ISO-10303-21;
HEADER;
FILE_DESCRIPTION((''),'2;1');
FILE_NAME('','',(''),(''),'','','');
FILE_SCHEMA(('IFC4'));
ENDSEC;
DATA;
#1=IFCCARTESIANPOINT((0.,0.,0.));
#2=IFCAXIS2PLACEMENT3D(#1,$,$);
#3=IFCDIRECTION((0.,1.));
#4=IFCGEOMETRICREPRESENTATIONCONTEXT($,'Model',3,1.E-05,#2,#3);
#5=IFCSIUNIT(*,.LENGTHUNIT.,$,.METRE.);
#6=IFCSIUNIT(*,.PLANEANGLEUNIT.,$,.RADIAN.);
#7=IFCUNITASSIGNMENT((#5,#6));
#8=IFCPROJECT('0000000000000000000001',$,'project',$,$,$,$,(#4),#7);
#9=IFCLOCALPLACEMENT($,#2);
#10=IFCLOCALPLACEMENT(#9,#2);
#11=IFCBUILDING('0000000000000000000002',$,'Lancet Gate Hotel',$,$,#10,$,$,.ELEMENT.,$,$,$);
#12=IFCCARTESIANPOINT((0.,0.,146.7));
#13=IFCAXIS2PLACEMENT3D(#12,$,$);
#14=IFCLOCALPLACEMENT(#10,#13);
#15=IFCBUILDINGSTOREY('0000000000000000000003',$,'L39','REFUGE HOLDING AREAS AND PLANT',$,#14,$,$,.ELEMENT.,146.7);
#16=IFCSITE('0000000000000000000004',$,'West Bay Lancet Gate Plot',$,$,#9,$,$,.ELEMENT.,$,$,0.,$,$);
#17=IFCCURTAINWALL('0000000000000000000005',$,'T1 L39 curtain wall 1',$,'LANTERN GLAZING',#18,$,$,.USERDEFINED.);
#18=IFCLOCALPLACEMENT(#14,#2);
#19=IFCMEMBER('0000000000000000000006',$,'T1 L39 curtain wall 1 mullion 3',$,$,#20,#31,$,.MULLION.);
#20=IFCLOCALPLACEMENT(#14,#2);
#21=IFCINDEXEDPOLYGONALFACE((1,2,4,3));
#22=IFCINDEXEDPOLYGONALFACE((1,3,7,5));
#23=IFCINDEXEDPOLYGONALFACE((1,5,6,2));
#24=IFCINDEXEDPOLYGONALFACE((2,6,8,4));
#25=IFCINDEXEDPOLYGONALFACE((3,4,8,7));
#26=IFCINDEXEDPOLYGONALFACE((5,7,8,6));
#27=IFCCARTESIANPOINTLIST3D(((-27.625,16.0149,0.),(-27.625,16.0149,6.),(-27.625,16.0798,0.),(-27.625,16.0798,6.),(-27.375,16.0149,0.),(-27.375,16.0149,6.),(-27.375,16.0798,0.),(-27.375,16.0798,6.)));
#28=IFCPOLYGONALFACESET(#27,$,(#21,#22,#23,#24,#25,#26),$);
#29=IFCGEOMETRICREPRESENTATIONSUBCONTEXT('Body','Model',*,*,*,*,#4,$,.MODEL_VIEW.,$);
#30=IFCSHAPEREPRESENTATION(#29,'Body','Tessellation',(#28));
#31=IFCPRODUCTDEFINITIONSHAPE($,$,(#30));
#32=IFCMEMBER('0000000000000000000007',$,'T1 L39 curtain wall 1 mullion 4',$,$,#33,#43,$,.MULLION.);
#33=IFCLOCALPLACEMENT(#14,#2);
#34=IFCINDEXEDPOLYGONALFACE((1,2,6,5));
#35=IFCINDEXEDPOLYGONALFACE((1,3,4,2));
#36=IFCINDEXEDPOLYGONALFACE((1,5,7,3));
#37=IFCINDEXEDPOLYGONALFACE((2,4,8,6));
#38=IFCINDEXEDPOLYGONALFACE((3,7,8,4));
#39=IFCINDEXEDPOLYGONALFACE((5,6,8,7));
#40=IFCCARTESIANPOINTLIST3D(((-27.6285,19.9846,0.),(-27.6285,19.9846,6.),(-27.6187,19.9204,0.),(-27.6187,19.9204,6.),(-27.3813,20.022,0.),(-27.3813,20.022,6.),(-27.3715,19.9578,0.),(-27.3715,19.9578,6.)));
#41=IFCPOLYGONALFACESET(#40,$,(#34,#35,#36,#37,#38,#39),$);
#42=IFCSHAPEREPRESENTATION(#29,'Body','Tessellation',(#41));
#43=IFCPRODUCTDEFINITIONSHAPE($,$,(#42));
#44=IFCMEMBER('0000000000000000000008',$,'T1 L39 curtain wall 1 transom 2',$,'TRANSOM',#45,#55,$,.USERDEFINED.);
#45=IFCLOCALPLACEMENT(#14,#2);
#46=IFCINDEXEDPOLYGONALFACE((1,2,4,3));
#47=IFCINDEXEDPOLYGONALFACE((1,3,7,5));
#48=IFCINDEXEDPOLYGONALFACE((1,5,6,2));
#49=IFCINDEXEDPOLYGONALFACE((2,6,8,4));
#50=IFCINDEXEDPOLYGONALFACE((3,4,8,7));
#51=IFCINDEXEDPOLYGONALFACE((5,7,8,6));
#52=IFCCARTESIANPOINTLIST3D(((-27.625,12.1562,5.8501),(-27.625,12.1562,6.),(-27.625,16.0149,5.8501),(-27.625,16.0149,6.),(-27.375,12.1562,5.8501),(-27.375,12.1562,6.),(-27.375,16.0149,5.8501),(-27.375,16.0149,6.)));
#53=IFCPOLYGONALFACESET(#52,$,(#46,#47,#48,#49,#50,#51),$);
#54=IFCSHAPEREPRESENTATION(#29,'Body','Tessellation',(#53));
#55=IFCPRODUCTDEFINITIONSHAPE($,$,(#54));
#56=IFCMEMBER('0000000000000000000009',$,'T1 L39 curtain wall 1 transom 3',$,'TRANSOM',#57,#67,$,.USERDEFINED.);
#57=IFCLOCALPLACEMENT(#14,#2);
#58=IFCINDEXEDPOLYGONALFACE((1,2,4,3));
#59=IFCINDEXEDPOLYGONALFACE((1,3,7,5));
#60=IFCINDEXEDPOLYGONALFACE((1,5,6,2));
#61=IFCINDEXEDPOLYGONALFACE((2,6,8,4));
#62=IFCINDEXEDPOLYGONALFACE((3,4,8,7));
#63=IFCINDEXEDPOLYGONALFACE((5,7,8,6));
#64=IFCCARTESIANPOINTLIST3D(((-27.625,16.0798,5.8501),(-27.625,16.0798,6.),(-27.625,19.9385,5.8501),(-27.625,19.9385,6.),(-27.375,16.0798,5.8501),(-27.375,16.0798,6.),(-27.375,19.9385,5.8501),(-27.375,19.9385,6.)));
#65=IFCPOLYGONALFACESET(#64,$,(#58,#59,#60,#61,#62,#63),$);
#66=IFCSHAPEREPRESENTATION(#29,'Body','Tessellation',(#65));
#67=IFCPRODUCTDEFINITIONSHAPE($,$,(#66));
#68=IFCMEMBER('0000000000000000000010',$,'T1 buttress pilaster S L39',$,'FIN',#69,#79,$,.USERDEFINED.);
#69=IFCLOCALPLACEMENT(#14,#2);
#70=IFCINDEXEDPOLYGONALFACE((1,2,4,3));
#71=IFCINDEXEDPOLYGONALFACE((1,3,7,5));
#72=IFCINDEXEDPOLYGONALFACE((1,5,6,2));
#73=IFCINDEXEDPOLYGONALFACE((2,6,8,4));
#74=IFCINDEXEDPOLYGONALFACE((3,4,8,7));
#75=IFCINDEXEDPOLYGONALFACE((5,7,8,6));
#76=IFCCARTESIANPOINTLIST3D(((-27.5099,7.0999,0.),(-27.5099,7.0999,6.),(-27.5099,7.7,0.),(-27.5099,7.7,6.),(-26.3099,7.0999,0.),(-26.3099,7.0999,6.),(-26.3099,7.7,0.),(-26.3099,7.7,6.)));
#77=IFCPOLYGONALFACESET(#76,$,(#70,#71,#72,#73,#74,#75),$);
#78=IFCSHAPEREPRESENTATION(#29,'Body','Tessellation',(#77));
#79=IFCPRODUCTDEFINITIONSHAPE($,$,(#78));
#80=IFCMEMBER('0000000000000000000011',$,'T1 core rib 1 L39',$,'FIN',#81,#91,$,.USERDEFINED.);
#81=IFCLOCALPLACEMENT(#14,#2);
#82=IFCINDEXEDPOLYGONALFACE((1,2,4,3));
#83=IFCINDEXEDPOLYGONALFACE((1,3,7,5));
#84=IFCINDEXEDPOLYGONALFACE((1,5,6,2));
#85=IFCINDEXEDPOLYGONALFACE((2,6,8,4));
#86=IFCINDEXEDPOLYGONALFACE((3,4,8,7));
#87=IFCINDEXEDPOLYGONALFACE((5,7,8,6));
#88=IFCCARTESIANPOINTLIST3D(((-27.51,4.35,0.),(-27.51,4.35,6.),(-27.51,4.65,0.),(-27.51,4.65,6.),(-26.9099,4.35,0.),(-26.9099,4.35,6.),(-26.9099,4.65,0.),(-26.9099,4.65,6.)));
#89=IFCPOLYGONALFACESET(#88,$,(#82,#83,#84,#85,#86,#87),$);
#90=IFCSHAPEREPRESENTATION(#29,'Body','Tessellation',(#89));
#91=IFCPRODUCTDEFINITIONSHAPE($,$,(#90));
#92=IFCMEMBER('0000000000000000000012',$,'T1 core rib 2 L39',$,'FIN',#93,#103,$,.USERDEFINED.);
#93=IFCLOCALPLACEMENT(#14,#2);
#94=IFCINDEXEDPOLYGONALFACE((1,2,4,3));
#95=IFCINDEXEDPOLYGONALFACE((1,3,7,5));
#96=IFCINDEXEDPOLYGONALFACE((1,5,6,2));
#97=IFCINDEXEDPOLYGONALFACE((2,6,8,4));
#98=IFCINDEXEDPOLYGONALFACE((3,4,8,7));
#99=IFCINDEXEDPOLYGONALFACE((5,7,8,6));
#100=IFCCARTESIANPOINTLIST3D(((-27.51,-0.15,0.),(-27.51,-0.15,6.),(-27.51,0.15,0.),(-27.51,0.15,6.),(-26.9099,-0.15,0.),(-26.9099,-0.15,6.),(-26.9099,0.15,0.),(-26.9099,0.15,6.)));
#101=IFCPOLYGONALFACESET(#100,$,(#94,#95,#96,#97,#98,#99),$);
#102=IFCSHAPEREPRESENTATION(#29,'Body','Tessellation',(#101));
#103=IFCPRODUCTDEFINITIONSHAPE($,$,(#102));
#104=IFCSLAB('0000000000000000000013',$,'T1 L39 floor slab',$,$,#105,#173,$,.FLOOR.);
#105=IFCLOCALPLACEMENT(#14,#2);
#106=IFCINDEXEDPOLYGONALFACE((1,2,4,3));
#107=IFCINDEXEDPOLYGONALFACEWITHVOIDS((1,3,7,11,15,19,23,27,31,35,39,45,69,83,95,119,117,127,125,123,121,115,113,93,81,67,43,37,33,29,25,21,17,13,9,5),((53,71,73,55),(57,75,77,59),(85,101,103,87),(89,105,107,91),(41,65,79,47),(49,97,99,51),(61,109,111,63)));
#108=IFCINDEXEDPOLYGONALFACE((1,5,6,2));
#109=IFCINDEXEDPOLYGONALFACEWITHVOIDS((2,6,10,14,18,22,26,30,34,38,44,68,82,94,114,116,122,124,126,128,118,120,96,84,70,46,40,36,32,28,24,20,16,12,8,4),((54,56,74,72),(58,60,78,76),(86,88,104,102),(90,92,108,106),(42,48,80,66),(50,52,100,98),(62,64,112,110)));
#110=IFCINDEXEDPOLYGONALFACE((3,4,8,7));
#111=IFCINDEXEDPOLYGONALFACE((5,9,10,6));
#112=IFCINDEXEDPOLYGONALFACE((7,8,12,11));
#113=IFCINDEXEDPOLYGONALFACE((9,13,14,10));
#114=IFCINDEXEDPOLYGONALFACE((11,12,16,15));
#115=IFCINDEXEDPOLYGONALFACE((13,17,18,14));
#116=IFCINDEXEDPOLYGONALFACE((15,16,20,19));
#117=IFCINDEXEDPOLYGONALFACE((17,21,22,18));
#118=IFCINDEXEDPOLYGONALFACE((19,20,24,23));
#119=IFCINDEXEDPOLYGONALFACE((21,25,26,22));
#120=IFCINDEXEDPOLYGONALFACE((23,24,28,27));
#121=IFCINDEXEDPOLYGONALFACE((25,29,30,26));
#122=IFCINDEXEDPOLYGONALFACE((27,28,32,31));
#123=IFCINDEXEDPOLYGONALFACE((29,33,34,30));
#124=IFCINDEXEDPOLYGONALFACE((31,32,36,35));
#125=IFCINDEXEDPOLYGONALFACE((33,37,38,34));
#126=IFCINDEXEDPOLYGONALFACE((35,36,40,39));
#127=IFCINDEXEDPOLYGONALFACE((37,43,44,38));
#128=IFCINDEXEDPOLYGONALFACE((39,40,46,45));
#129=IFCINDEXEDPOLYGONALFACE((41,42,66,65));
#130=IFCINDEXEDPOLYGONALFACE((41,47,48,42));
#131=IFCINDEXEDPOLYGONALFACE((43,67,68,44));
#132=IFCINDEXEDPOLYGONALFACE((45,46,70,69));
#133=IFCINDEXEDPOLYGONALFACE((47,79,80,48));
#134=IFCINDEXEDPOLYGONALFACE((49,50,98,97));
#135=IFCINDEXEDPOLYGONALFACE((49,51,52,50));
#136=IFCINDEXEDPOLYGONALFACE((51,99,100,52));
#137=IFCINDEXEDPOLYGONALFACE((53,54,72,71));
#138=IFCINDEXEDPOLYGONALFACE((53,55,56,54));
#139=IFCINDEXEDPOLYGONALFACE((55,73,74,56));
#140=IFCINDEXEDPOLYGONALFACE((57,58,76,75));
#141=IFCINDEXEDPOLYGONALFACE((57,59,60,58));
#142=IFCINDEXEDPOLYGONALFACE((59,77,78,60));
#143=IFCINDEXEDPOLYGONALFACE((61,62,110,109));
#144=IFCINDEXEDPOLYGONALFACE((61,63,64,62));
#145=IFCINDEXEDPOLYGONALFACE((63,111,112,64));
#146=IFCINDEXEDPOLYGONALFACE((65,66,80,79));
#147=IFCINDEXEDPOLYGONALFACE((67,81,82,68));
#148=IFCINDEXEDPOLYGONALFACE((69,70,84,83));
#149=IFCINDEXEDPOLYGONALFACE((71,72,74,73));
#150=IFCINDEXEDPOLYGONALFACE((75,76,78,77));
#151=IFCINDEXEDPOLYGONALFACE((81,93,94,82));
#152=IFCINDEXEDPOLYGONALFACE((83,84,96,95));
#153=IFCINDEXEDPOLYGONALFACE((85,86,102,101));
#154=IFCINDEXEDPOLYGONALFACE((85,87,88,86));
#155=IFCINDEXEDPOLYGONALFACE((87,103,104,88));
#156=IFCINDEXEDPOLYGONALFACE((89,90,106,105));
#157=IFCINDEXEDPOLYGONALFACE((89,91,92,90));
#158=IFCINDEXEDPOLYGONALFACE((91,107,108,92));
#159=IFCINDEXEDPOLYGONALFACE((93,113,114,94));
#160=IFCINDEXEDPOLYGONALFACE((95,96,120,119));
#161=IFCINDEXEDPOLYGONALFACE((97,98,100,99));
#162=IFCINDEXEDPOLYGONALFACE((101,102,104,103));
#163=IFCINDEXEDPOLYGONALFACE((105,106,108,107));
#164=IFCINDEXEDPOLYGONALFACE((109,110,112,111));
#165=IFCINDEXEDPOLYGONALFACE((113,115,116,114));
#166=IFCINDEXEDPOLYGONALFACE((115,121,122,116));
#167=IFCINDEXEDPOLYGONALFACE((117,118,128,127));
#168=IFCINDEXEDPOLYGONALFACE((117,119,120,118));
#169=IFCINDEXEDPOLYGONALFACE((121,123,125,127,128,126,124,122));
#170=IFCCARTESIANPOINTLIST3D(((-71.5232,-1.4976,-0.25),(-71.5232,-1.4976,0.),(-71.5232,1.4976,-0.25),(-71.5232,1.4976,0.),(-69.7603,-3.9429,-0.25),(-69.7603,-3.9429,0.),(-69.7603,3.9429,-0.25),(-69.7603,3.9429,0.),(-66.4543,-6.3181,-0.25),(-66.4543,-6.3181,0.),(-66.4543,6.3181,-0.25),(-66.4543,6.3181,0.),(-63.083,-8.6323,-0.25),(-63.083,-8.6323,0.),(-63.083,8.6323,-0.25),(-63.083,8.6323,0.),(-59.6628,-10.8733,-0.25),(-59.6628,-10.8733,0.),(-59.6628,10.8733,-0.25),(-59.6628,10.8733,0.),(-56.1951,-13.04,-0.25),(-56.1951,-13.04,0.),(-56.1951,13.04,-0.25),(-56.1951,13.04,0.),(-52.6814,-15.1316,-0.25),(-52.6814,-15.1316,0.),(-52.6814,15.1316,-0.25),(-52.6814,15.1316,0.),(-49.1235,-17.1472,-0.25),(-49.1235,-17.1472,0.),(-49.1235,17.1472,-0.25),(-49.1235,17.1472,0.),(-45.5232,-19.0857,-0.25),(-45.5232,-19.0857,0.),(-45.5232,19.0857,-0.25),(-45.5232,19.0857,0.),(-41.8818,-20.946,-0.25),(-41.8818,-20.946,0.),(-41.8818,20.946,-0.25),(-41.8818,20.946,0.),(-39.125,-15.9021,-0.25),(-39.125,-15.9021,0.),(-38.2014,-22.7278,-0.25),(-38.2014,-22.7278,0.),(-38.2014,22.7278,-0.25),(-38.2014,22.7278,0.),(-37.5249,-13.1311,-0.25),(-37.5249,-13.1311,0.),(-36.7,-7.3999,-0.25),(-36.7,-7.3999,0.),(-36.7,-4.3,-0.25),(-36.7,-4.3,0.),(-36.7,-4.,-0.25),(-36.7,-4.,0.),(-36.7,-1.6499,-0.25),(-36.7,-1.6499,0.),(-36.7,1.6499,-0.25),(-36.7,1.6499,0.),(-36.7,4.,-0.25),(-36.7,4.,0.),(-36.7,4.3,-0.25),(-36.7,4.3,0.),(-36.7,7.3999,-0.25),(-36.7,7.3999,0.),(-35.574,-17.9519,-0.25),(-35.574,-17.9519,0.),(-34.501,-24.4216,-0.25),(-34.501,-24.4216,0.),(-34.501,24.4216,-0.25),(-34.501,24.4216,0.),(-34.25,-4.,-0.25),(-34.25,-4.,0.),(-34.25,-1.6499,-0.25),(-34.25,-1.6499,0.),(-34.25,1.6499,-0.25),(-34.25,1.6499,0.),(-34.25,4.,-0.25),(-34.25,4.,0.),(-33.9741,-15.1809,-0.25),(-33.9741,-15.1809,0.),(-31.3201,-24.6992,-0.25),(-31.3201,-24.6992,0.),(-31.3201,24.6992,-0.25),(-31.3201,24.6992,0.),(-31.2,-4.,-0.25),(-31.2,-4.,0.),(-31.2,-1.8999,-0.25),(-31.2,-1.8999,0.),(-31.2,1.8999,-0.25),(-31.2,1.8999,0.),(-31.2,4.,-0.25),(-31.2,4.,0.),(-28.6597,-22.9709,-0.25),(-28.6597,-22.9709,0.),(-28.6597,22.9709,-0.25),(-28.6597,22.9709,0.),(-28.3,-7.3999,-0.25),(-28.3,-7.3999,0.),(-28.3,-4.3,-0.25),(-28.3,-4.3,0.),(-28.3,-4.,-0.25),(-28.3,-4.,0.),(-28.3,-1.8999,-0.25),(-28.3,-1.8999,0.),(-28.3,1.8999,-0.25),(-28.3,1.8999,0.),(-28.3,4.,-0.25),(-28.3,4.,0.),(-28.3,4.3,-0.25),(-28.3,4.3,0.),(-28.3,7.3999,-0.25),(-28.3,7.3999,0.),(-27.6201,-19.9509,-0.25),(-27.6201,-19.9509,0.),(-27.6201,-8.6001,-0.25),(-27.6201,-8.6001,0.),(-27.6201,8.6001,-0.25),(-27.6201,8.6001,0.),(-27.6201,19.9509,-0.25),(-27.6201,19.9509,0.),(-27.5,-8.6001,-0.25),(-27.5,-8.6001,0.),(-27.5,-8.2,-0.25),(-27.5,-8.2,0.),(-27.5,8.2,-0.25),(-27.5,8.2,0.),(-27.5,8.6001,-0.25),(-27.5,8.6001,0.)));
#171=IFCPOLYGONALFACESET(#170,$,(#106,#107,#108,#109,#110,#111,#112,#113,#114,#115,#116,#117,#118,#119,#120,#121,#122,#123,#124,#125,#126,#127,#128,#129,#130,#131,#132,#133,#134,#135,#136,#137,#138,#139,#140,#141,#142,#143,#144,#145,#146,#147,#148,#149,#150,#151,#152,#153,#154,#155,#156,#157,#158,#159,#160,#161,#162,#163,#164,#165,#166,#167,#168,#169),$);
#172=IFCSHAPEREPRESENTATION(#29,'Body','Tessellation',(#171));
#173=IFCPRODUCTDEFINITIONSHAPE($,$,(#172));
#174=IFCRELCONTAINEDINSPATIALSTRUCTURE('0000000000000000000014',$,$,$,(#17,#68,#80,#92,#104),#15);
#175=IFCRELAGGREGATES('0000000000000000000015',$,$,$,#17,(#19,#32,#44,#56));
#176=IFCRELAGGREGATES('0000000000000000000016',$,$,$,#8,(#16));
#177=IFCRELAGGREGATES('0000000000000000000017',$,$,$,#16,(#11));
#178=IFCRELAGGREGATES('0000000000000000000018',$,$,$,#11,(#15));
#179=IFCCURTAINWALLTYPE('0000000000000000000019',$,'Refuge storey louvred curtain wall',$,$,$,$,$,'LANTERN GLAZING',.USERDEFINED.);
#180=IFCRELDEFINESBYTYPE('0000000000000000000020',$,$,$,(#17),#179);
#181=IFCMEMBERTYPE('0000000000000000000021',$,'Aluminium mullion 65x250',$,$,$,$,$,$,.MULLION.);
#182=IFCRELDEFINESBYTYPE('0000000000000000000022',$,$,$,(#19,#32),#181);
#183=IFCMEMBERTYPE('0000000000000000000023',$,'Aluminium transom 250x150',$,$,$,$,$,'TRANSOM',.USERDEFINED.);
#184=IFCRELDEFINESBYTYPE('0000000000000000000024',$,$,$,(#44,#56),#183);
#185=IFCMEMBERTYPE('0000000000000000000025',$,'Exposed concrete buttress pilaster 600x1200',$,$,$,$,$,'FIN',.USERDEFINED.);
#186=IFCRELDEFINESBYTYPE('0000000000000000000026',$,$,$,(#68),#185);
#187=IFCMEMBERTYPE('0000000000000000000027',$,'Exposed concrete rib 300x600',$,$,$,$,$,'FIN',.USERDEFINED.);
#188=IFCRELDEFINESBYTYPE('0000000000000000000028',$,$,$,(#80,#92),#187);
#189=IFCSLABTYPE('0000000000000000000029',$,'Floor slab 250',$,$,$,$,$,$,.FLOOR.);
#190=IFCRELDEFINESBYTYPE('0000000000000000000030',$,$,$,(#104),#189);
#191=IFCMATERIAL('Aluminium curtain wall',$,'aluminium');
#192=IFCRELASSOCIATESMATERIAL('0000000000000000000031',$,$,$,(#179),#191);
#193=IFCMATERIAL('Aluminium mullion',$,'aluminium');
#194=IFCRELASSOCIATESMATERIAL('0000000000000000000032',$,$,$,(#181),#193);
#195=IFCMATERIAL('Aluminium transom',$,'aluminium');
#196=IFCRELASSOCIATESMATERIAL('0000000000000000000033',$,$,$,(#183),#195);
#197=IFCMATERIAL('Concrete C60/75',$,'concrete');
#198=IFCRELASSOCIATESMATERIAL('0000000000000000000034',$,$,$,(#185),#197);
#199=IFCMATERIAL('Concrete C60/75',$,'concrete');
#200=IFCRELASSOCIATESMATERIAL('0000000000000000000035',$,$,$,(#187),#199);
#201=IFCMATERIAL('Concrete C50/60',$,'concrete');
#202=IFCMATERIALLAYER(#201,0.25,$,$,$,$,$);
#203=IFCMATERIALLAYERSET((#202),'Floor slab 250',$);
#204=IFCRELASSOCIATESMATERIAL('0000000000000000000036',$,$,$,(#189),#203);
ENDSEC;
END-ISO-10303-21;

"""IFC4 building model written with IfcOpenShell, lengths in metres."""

from ifc_helpers import new_model, si_unit, direction, frame, origin, origin_2d, place, context, subcontext, project, spatial, polyline, rectangle, outline, extrude, material, layer, layer_set, material_profile, profile_set, type_object, element, aggregate, save


model = new_model("IFC4")

# Units and contexts
model_context = context("Model", 3, precision=1e-05, world=origin(), true_north=direction((0.0, 1.0)))
body_context = subcontext(model_context, "Body", "Model", "MODEL_VIEW")
ifc_project = project(units=[si_unit("LENGTHUNIT", "METRE"), si_unit("PLANEANGLEUNIT", "RADIAN")], contexts=[model_context])

# Site, building, storey
site_placement = place(None, origin())
site = spatial("IfcSite", under=ifc_project, at=site_placement, Name="West Bay Lancet Gate Plot", CompositionType="ELEMENT", RefElevation=0.0)
building_placement = place(site_placement, origin())
building = spatial("IfcBuilding", under=site, at=building_placement, Name="Lancet Gate Hotel", CompositionType="ELEMENT")
storey_placement = place(building_placement, frame((0.0, 0.0, 146.7)))
storey = spatial("IfcBuildingStorey", under=building, at=storey_placement, Name="L39", Description="REFUGE HOLDING AREAS AND PLANT", CompositionType="ELEMENT", Elevation=146.7)

# Curtain wall, members
ifc_material_1 = material(Name="Aluminium curtain wall", Category="aluminium")
curtain_wall_type = type_object("IfcCurtainWallType", Name="Refuge storey louvred curtain wall", ElementType="LANTERN GLAZING", PredefinedType="USERDEFINED", material=ifc_material_1)
curtain_wall_placement = place(storey_placement, origin())
curtain_wall = element("IfcCurtainWall", 1, at=curtain_wall_placement, inside=storey, type_object=curtain_wall_type, Name="T1 L39 curtain wall 1", ObjectType="LANTERN GLAZING", PredefinedType="USERDEFINED")
ifc_material_2 = material(Name="Aluminium mullion", Category="aluminium")
ifc_material_profile_1 = material_profile(ifc_material_2, rectangle(XDim=0.0649, YDim=0.25, at=origin_2d()), Name="MULLION 65x250")
ifc_profile_set_1 = profile_set([ifc_material_profile_1], Name="Aluminium mullion")
member_type_1 = type_object("IfcMemberType", Name="Aluminium mullion 65x250", PredefinedType="MULLION", material=ifc_profile_set_1)
member_1_placement = place(storey_placement, frame((-27.5, 16.0474, 0.0), z_axis=(0.0, 0.0, 1.0), x_axis=(0.0, 1.0, 0.0)))
member_1 = element("IfcMember", 2, at=member_1_placement, type_object=member_type_1, Name="T1 L39 curtain wall 1 mullion 3", PredefinedType="MULLION", context=body_context, shape_type="SweptSolid", body=[
    extrude(rectangle(XDim=0.0649, YDim=0.25, at=origin_2d()), origin(), (0.0, 0.0, 1.0), 6.0),
])
member_2_placement = place(storey_placement, frame((-27.5, 19.9712, 0.0), z_axis=(0.0, 0.0, 1.0), x_axis=(-0.149634, 0.988741, 0.0)))
member_2 = element("IfcMember", 3, at=member_2_placement, type_object=member_type_1, Name="T1 L39 curtain wall 1 mullion 4", PredefinedType="MULLION", context=body_context, shape_type="SweptSolid", body=[
    extrude(rectangle(XDim=0.0649, YDim=0.25, at=origin_2d()), origin(), (0.0, 0.0, 1.0), 6.0),
])
ifc_material_3 = material(Name="Aluminium transom", Category="aluminium")
ifc_material_profile_2 = material_profile(ifc_material_3, rectangle(XDim=0.25, YDim=0.1499, at=origin_2d()), Name="TRANSOM 250x150")
ifc_profile_set_2 = profile_set([ifc_material_profile_2], Name="Aluminium transom")
member_type_2 = type_object("IfcMemberType", Name="Aluminium transom 250x150", ElementType="TRANSOM", PredefinedType="USERDEFINED", material=ifc_profile_set_2)
member_3_placement = place(storey_placement, frame((-27.5, 12.1562, 5.925), z_axis=(0.0, 1.0, 0.0), x_axis=(-1.0, 0.0, 0.0)))
member_3 = element("IfcMember", 4, at=member_3_placement, type_object=member_type_2, Name="T1 L39 curtain wall 1 transom 2", ObjectType="TRANSOM", PredefinedType="USERDEFINED", context=body_context, shape_type="SweptSolid", body=[
    extrude(rectangle(XDim=0.25, YDim=0.1499, at=origin_2d()), origin(), (0.0, 0.0, 1.0), 3.8586),
])
member_4_placement = place(storey_placement, frame((-27.5, 16.0798, 5.925), z_axis=(0.0, 1.0, 0.0), x_axis=(-1.0, 0.0, 0.0)))
member_4 = element("IfcMember", 5, at=member_4_placement, type_object=member_type_2, Name="T1 L39 curtain wall 1 transom 3", ObjectType="TRANSOM", PredefinedType="USERDEFINED", context=body_context, shape_type="SweptSolid", body=[
    extrude(rectangle(XDim=0.25, YDim=0.1499, at=origin_2d()), origin(), (0.0, 0.0, 1.0), 3.8586),
])

# Members
ifc_material_4 = material(Name="Concrete C60/75", Category="concrete")
ifc_material_profile_3 = material_profile(ifc_material_4, rectangle(XDim=0.6001, YDim=1.2, at=origin_2d()), Name="FIN 600x1200")
ifc_profile_set_3 = profile_set([ifc_material_profile_3], Name="Concrete C60/75")
member_type_3 = type_object("IfcMemberType", Name="Exposed concrete buttress pilaster 600x1200", ElementType="FIN", PredefinedType="USERDEFINED", material=ifc_profile_set_3)
member_5_placement = place(storey_placement, frame((-26.9099, 7.3999, 0.0), z_axis=(0.0, 0.0, 1.0), x_axis=(0.0, 1.0, 0.0)))
element("IfcMember", 6, at=member_5_placement, inside=storey, type_object=member_type_3, Name="T1 buttress pilaster S L39", ObjectType="FIN", PredefinedType="USERDEFINED", context=body_context, shape_type="SweptSolid", body=[
    extrude(rectangle(XDim=0.6001, YDim=1.2, at=origin_2d()), origin(), (0.0, 0.0, 1.0), 6.0),
])
ifc_material_5 = material(Name="Concrete C60/75", Category="concrete")
ifc_material_profile_4 = material_profile(ifc_material_5, rectangle(XDim=0.3, YDim=0.6001, at=origin_2d()), Name="FIN 300x600")
ifc_profile_set_4 = profile_set([ifc_material_profile_4], Name="Concrete C60/75")
member_type_4 = type_object("IfcMemberType", Name="Exposed concrete rib 300x600", ElementType="FIN", PredefinedType="USERDEFINED", material=ifc_profile_set_4)
for number, where, z_axis, x_axis, name in (
    (7, (-27.21, 4.5, 0.0), (0.0, 0.0, 1.0), (0.0, 1.0, 0.0), "T1 core rib 1 L39"),
    (8, (-27.21, 0.0, 0.0), (0.0, 0.0, 1.0), (0.0, 1.0, 0.0), "T1 core rib 2 L39"),
):
    element("IfcMember", number, at=place(storey_placement, frame(where, z_axis=z_axis, x_axis=x_axis)), inside=storey, type_object=member_type_4, Name=name, ObjectType="FIN", PredefinedType="USERDEFINED", context=body_context, shape_type="SweptSolid", body=[
        extrude(rectangle(XDim=0.3, YDim=0.6001, at=origin_2d()), origin(), (0.0, 0.0, 1.0), 6.0),
    ])

# Slab
ifc_material_6 = material(Name="Concrete C50/60", Category="concrete")
ifc_layer_1 = layer(ifc_material_6, 0.25)
ifc_layer_set_1 = layer_set([ifc_layer_1], Name="Floor slab 250")
slab_type_1 = type_object("IfcSlabType", Name="Floor slab 250", PredefinedType="FLOOR", material=ifc_layer_set_1)
slab_1_placement = place(storey_placement, frame((0.0, 0.0, -0.25)))
element("IfcSlab", 9, at=slab_1_placement, inside=storey, type_object=slab_type_1, Name="T1 L39 floor slab", PredefinedType="FLOOR", context=body_context, shape_type="SweptSolid", body=[
    extrude(outline(polyline([(-27.5, 8.6001), (-27.6201, 8.6001), (-27.6201, 19.9509), (-28.6597, 22.9709), (-31.3201, 24.6992), (-34.501, 24.4216), (-38.2014, 22.7278), (-41.8818, 20.946), (-45.5232, 19.0857), (-49.1235, 17.1472), (-52.6814, 15.1316), (-56.1951, 13.04), (-59.6628, 10.8733), (-63.083, 8.6323), (-66.4543, 6.3181), (-69.7603, 3.9429), (-71.5232, 1.4976), (-71.5232, -1.4976), (-69.7603, -3.9429), (-66.4543, -6.3181), (-63.083, -8.6323), (-59.6628, -10.8733), (-56.1951, -13.04), (-52.6814, -15.1316), (-49.1235, -17.1472), (-45.5232, -19.0857), (-41.8818, -20.946), (-38.2014, -22.7278), (-34.501, -24.4216), (-31.3201, -24.6992), (-28.6597, -22.9709), (-27.6201, -19.9509), (-27.6201, -8.6001), (-27.5, -8.6001), (-27.5, -8.2), (-27.5, 8.2), (-27.5, 8.6001)]), holes=[polyline([(-36.7, 7.3999), (-36.7, 4.3), (-28.3, 4.3), (-28.3, 7.3999), (-36.7, 7.3999)]), polyline([(-28.3, 4.0), (-31.2, 4.0), (-31.2, 1.8999), (-28.3, 1.8999), (-28.3, 4.0)]), polyline([(-34.25, 4.0), (-36.7, 4.0), (-36.7, 1.6499), (-34.25, 1.6499), (-34.25, 4.0)]), polyline([(-36.7, -1.6499), (-36.7, -4.0), (-34.25, -4.0), (-34.25, -1.6499), (-36.7, -1.6499)]), polyline([(-28.3, -1.8999), (-31.2, -1.8999), (-31.2, -4.0), (-28.3, -4.0), (-28.3, -1.8999)]), polyline([(-28.3, -4.3), (-36.7, -4.3), (-36.7, -7.3999), (-28.3, -7.3999), (-28.3, -4.3)]), polyline([(-37.5249, -13.1311), (-39.125, -15.9021), (-35.574, -17.9519), (-33.9741, -15.1809), (-37.5249, -13.1311)])]), origin(), (0.0, 0.0, 1.0), 0.25),
])

aggregate(curtain_wall, [member_1, member_2, member_3, member_4])

save(model, "model.ifc")
